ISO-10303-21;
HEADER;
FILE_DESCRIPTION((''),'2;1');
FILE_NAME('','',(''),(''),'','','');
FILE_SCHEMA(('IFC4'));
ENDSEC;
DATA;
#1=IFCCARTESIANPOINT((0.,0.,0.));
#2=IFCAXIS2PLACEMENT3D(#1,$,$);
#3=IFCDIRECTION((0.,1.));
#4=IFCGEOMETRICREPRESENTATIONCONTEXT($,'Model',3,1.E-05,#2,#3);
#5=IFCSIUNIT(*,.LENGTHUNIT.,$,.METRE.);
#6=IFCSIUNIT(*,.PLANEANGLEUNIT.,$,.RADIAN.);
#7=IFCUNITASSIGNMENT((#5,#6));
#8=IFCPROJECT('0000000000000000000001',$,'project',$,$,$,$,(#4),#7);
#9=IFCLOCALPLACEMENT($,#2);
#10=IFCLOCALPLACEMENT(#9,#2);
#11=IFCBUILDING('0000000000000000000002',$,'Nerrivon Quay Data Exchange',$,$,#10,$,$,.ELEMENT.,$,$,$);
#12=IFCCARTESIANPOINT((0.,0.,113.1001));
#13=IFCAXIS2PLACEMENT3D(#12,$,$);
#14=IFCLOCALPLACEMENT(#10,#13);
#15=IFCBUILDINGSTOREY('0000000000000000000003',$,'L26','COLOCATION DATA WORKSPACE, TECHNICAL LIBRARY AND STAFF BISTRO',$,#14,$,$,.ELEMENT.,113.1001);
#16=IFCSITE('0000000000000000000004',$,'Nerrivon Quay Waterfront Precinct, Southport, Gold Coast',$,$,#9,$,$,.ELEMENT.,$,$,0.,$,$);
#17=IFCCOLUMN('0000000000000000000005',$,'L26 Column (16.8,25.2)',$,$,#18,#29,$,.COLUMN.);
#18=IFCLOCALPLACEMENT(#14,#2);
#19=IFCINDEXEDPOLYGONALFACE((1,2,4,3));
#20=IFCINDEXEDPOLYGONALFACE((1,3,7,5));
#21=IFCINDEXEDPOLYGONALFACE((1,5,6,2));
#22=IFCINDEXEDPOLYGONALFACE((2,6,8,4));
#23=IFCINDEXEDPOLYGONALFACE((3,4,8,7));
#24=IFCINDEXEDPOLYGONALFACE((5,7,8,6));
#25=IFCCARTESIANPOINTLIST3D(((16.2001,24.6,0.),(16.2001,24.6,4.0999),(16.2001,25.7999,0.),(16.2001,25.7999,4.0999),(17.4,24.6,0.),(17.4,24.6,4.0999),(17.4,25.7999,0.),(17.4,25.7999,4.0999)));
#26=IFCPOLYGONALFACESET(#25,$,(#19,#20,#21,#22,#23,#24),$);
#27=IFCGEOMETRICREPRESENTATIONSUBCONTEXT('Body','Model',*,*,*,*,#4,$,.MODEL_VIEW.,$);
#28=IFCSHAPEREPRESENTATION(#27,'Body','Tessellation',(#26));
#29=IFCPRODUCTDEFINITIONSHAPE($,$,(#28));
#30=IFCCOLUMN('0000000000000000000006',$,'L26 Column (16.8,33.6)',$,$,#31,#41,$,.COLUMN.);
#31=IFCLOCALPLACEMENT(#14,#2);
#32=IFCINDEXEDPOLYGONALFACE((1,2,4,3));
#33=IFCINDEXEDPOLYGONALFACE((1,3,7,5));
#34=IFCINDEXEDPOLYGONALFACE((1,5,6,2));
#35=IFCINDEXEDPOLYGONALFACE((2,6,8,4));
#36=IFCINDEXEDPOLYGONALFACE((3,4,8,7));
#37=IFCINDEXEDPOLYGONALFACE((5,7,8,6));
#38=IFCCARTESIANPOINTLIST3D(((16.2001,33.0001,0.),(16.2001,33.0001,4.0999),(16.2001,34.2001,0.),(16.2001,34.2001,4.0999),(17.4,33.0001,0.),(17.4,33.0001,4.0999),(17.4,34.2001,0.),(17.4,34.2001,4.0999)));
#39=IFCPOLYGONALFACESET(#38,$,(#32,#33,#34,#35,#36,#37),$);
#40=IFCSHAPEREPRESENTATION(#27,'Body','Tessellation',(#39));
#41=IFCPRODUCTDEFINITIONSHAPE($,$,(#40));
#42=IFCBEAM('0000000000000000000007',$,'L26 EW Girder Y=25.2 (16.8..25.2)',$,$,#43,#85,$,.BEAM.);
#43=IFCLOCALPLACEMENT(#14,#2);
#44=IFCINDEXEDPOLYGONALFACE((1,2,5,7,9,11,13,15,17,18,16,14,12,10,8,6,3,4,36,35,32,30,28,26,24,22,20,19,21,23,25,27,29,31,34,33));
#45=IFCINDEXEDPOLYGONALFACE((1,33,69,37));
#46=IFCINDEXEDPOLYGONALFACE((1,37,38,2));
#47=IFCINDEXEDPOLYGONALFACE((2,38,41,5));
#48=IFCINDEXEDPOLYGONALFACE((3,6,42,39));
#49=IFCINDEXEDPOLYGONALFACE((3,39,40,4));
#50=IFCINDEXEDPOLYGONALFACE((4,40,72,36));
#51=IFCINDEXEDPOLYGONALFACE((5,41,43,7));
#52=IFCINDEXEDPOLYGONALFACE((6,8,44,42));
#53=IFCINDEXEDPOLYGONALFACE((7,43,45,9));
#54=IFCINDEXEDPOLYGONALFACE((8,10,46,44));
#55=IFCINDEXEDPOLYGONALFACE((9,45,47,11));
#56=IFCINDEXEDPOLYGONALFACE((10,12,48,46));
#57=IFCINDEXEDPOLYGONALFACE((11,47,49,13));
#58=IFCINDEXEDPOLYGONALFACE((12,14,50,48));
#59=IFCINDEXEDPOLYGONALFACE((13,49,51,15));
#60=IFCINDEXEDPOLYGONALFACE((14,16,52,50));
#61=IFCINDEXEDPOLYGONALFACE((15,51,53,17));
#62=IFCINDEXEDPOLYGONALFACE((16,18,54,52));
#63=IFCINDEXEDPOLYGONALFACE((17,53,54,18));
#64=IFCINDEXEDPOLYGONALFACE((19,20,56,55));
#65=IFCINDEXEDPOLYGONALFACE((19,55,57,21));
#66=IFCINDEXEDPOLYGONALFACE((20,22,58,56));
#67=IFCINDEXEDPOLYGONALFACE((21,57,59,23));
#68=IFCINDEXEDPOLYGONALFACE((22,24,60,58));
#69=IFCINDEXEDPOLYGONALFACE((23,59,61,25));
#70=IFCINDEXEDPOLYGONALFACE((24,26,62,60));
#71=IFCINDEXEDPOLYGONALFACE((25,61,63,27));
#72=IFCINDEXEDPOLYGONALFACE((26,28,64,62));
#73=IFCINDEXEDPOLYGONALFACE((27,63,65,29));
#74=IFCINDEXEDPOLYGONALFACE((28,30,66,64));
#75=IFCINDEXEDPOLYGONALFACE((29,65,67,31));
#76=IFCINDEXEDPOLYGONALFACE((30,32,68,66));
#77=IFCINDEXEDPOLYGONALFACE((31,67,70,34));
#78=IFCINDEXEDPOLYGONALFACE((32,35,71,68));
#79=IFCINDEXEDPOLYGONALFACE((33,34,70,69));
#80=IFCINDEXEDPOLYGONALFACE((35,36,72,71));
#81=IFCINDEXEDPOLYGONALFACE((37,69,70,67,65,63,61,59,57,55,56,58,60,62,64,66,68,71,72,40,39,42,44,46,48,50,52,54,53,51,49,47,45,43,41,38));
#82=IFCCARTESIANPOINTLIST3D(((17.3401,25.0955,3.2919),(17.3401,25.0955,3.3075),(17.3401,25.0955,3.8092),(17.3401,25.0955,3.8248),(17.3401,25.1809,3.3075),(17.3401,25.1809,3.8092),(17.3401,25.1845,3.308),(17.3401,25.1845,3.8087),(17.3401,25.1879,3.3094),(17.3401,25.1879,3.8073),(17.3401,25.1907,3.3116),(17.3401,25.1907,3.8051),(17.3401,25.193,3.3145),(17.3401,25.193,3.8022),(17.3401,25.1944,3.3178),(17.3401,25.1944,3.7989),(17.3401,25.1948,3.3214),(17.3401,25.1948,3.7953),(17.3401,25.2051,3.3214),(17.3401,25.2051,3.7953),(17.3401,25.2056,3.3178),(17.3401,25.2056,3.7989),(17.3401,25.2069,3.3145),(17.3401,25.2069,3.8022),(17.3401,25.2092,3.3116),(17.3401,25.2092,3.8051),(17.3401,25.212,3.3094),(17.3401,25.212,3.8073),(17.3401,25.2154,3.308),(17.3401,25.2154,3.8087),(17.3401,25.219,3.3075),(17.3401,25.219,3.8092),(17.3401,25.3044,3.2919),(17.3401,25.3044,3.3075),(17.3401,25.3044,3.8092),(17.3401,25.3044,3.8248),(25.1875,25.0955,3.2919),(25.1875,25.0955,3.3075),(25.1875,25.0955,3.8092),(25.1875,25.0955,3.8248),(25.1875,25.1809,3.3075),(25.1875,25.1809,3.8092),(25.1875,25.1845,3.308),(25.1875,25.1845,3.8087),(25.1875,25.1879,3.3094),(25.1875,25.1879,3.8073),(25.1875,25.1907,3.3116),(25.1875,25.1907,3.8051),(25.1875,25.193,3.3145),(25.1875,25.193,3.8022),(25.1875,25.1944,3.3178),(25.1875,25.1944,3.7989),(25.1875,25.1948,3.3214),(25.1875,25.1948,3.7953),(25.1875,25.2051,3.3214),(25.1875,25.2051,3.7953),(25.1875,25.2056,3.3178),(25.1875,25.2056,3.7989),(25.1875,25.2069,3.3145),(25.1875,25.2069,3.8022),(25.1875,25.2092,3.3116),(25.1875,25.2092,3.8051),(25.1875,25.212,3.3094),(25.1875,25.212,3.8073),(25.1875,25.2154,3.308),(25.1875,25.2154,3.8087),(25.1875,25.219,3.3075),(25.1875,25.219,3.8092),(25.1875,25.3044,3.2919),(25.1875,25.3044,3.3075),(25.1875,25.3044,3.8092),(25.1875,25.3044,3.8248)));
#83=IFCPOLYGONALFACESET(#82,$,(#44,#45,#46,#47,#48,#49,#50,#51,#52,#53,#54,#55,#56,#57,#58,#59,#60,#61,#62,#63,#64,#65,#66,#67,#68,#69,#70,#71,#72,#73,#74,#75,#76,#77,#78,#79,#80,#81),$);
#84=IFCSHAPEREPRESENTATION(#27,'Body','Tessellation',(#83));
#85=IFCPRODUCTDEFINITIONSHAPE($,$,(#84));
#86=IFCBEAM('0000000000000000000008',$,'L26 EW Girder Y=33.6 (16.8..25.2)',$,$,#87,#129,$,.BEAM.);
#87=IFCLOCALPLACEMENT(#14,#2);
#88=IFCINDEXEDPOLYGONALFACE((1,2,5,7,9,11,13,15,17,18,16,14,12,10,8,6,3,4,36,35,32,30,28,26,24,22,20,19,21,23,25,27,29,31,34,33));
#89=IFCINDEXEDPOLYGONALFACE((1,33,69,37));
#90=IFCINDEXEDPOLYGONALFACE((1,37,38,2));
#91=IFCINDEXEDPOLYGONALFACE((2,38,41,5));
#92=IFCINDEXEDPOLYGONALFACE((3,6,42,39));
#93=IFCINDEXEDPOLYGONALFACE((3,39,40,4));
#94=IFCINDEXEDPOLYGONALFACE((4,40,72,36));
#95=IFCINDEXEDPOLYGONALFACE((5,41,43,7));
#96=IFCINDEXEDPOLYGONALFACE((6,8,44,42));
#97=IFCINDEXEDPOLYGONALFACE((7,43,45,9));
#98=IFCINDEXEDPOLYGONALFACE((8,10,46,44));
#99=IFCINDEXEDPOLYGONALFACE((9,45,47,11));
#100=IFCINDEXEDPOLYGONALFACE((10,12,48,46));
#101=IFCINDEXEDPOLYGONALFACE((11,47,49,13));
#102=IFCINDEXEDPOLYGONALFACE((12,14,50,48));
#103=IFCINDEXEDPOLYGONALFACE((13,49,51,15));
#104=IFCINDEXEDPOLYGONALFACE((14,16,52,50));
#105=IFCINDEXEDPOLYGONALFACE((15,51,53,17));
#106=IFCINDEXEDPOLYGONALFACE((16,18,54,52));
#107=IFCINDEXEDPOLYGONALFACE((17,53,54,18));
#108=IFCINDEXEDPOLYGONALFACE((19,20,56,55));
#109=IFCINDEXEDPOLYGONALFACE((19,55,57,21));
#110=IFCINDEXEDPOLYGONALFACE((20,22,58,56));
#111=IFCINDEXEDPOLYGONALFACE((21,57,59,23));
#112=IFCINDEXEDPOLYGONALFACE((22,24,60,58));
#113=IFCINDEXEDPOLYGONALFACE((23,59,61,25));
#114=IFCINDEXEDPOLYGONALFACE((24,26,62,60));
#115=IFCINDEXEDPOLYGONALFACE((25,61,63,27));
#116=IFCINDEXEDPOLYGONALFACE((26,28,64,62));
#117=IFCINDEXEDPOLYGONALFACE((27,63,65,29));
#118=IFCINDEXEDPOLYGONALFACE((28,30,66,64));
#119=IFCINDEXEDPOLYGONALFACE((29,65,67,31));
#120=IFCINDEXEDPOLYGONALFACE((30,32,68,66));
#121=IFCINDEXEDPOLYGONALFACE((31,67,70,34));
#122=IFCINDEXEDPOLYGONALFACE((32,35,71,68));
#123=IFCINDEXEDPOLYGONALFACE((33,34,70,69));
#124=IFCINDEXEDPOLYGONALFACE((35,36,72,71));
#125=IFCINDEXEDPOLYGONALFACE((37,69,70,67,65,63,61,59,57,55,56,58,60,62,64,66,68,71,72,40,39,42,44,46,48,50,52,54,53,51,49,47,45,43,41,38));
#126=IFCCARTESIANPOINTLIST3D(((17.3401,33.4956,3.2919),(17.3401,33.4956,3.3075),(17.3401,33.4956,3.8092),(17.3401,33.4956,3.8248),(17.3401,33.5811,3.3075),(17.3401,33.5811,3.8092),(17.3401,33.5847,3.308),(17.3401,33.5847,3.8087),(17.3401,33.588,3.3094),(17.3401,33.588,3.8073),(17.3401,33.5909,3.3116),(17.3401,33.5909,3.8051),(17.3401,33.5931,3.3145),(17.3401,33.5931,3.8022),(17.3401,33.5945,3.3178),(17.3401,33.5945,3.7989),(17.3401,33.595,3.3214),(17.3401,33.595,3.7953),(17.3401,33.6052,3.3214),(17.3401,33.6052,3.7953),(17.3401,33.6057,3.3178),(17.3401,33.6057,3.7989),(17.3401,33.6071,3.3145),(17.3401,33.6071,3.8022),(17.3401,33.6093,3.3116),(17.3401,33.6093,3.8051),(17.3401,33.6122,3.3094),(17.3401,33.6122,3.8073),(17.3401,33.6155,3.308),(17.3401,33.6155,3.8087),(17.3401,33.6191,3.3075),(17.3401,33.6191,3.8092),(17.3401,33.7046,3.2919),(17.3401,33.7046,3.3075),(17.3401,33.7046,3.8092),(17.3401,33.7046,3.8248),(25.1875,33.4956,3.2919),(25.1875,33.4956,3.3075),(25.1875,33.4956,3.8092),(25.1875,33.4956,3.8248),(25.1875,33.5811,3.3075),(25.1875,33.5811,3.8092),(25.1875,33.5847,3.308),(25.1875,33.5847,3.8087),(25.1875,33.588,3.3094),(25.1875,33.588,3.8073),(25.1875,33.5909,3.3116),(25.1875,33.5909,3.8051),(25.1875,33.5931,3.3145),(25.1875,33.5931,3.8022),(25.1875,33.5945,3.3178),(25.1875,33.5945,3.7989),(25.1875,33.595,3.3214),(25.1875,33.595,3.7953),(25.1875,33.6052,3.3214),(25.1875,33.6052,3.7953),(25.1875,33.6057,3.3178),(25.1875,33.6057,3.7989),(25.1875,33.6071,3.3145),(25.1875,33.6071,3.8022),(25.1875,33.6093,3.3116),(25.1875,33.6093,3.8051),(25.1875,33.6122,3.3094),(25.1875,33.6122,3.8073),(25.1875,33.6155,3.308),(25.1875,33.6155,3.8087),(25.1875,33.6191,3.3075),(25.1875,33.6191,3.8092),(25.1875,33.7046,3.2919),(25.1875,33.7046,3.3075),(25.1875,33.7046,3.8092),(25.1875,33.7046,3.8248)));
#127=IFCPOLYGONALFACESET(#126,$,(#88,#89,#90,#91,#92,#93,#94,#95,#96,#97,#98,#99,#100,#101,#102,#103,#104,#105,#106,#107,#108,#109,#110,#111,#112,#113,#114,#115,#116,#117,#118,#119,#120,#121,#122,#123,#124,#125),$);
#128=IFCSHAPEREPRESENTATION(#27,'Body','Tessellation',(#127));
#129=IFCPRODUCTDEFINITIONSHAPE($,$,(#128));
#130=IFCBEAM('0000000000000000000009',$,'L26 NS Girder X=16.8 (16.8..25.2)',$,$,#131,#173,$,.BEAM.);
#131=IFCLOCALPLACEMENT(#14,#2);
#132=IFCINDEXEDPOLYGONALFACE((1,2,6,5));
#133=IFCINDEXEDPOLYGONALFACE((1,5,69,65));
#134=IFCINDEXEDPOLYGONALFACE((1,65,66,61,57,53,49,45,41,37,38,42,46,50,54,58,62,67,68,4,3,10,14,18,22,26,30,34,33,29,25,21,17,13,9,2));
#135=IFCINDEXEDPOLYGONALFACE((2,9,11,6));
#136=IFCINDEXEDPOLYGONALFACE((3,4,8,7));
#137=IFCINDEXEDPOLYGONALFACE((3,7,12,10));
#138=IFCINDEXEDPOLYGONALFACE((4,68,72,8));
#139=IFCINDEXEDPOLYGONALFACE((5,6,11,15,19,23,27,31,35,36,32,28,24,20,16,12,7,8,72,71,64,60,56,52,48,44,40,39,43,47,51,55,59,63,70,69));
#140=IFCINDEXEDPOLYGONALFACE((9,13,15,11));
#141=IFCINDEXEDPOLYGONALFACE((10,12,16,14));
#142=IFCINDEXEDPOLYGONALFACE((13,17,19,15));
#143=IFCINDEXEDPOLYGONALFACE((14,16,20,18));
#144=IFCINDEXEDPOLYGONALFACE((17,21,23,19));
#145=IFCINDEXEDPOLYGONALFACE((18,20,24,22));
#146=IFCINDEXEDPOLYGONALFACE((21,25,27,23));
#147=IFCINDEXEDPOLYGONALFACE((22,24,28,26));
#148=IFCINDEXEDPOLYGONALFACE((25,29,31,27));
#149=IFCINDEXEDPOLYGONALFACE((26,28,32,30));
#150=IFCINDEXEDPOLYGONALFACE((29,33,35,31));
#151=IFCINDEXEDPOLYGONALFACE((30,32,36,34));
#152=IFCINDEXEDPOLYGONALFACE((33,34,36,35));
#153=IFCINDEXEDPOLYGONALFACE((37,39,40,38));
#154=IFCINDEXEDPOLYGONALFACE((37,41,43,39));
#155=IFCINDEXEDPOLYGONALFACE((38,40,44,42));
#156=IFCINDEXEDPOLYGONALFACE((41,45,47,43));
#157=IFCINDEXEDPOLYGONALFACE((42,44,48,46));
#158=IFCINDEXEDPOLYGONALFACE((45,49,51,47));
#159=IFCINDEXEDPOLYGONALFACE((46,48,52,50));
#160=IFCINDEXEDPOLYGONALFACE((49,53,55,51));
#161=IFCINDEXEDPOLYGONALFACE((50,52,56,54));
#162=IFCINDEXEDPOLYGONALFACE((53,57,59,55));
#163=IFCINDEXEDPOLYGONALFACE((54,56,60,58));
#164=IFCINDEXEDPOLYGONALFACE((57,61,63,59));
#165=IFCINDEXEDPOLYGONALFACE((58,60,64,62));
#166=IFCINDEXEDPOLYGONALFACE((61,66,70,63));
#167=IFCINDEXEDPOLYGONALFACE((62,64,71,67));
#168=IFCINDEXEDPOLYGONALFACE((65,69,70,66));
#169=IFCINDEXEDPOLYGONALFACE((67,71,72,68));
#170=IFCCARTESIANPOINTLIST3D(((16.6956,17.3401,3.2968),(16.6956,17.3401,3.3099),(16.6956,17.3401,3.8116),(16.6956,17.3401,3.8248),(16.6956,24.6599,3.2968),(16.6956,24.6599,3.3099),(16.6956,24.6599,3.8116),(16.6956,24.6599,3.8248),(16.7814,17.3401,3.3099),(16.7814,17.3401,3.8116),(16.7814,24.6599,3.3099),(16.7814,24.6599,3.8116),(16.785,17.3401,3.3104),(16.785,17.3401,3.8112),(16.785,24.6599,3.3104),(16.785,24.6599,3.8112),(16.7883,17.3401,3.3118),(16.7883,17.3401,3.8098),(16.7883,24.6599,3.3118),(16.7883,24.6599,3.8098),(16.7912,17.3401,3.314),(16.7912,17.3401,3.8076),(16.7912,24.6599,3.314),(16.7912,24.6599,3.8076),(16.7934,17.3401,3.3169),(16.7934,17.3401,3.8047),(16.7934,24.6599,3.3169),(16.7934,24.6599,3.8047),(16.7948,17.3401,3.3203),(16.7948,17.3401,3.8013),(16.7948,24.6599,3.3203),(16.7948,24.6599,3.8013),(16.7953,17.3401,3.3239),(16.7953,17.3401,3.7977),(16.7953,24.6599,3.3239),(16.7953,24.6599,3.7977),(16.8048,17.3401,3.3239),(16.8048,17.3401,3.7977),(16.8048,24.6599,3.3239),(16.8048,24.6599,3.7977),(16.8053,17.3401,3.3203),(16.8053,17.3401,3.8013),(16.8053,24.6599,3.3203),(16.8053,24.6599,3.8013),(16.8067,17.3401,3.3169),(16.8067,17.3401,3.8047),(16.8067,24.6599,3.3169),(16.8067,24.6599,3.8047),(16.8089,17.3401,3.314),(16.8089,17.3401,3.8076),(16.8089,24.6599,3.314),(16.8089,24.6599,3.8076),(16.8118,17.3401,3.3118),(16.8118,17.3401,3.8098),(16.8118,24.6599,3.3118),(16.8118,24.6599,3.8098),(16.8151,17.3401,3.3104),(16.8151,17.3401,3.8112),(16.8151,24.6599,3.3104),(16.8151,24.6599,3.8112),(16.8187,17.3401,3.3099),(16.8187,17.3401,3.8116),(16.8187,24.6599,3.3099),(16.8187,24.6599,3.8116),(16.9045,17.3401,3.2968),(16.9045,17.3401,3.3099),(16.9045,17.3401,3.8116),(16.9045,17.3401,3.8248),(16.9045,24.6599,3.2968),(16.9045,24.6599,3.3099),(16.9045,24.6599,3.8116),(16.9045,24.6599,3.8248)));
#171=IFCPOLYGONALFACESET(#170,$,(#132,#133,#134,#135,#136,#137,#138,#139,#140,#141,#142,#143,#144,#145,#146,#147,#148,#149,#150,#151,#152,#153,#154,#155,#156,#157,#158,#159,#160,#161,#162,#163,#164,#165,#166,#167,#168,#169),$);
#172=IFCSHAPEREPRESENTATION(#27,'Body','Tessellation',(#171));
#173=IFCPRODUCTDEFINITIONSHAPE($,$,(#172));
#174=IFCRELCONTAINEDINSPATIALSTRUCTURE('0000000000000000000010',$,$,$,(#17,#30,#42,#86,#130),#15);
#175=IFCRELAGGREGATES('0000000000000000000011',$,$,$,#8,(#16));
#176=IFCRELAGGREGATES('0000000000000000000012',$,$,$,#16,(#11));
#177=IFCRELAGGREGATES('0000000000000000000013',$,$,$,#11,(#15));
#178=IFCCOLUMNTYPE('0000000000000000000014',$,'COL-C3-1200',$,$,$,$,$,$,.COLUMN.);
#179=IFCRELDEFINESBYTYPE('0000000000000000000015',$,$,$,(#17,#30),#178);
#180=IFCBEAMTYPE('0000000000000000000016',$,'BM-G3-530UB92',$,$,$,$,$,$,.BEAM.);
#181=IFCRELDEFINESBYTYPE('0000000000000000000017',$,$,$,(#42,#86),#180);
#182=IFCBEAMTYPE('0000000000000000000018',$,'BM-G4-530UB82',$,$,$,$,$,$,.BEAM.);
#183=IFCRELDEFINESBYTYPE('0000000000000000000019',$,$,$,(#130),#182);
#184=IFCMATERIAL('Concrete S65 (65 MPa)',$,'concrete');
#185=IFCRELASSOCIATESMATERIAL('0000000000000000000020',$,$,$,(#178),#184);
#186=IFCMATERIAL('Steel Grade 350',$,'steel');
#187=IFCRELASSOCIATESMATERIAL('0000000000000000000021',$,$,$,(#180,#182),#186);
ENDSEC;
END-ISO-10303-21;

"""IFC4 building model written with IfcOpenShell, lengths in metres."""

from ifc_helpers import new_model, si_unit, direction, frame, origin, origin_2d, place, context, subcontext, project, spatial, rectangle, i_section, extrude, material, material_profile, profile_set, type_object, element, save


model = new_model("IFC4")

# Units and contexts
model_context = context("Model", 3, precision=1e-05, world=origin(), true_north=direction((0.0, 1.0)))
body_context = subcontext(model_context, "Body", "Model", "MODEL_VIEW")
ifc_project = project(units=[si_unit("LENGTHUNIT", "METRE"), si_unit("PLANEANGLEUNIT", "RADIAN")], contexts=[model_context])

# Site, building, storey
site_placement = place(None, origin())
site = spatial("IfcSite", under=ifc_project, at=site_placement, Name="Nerrivon Quay Waterfront Precinct, Southport, Gold Coast", CompositionType="ELEMENT", RefElevation=0.0)
building_placement = place(site_placement, origin())
building = spatial("IfcBuilding", under=site, at=building_placement, Name="Nerrivon Quay Data Exchange", CompositionType="ELEMENT")
storey_placement = place(building_placement, frame((0.0, 0.0, 113.1001)))
storey = spatial("IfcBuildingStorey", under=building, at=storey_placement, Name="L26", Description="COLOCATION DATA WORKSPACE, TECHNICAL LIBRARY AND STAFF BISTRO", CompositionType="ELEMENT", Elevation=113.1001)

# Columns
ifc_material_1 = material(Name="Concrete S65 (65 MPa)", Category="concrete")
ifc_material_profile_1 = material_profile(ifc_material_1, rectangle(XDim=1.2, YDim=1.2, at=origin_2d()), Name="RC-COL-1200x1200")
ifc_profile_set_1 = profile_set([ifc_material_profile_1], Name="Concrete S65 (65 MPa)")
column_type = type_object("IfcColumnType", Name="COL-C3-1200", PredefinedType="COLUMN", material=ifc_profile_set_1)
for number, where, z_axis, x_axis, name in (
    (1, (16.8, 25.2, 0.0), (0.0, 0.0, 1.0), (1.0, 0.0, 0.0), "L26 Column (16.8,25.2)"),
    (2, (16.8, 33.6001, 0.0), (0.0, 0.0, 1.0), (1.0, 0.0, 0.0), "L26 Column (16.8,33.6)"),
):
    element("IfcColumn", number, at=place(storey_placement, frame(where, z_axis=z_axis, x_axis=x_axis)), inside=storey, type_object=column_type, Name=name, PredefinedType="COLUMN", context=body_context, shape_type="SweptSolid", body=[
        extrude(rectangle(XDim=1.2, YDim=1.2, at=origin_2d()), origin(), (0.0, 0.0, 1.0), 4.0999),
    ])

# Beams
ifc_material_2 = material(Name="Steel Grade 350", Category="steel")
ifc_material_profile_2 = material_profile(ifc_material_2, i_section(OverallWidth=0.209, OverallDepth=0.533, WebThickness=0.0103, FlangeThickness=0.0156, FilletRadius=0.0139, at=origin_2d()), Name="530UB92.4")
ifc_profile_set_2 = profile_set([ifc_material_profile_2], Name="Steel Grade 350")
beam_type_1 = type_object("IfcBeamType", Name="BM-G3-530UB92", PredefinedType="BEAM", material=ifc_profile_set_2)
for number, where, z_axis, x_axis, name in (
    (3, (17.3401, 25.2, 3.5583), (1.0, 0.0, 0.0), (0.0, 1.0, 0.0), "L26 EW Girder Y=25.2 (16.8..25.2)"),
    (4, (17.3401, 33.6001, 3.5583), (1.0, 0.0, 0.0), (0.0, 1.0, 0.0), "L26 EW Girder Y=33.6 (16.8..25.2)"),
):
    element("IfcBeam", number, at=place(storey_placement, frame(where, z_axis=z_axis, x_axis=x_axis)), inside=storey, type_object=beam_type_1, Name=name, PredefinedType="BEAM", context=body_context, shape_type="SweptSolid", body=[
        extrude(i_section(OverallWidth=0.209, OverallDepth=0.533, WebThickness=0.0103, FlangeThickness=0.0156, FilletRadius=0.0139, at=origin_2d()), origin(), (0.0, 0.0, 1.0), 7.8474),
    ])
ifc_material_profile_3 = material_profile(ifc_material_2, i_section(OverallWidth=0.209, OverallDepth=0.5281, WebThickness=0.0095, FlangeThickness=0.0132, FilletRadius=0.0139, at=origin_2d()), Name="530UB82.0")
ifc_profile_set_3 = profile_set([ifc_material_profile_3], Name="Steel Grade 350")
beam_type_2 = type_object("IfcBeamType", Name="BM-G4-530UB82", PredefinedType="BEAM", material=ifc_profile_set_3)
beam_1_placement = place(storey_placement, frame((16.8, 17.3401, 3.5608), z_axis=(0.0, 1.0, 0.0), x_axis=(-1.0, 0.0, 0.0)))
element("IfcBeam", 5, at=beam_1_placement, inside=storey, type_object=beam_type_2, Name="L26 NS Girder X=16.8 (16.8..25.2)", PredefinedType="BEAM", context=body_context, shape_type="SweptSolid", body=[
    extrude(i_section(OverallWidth=0.209, OverallDepth=0.5281, WebThickness=0.0095, FlangeThickness=0.0132, FilletRadius=0.0139, at=origin_2d()), origin(), (0.0, 0.0, 1.0), 7.3198),
])

save(model, "model.ifc")
